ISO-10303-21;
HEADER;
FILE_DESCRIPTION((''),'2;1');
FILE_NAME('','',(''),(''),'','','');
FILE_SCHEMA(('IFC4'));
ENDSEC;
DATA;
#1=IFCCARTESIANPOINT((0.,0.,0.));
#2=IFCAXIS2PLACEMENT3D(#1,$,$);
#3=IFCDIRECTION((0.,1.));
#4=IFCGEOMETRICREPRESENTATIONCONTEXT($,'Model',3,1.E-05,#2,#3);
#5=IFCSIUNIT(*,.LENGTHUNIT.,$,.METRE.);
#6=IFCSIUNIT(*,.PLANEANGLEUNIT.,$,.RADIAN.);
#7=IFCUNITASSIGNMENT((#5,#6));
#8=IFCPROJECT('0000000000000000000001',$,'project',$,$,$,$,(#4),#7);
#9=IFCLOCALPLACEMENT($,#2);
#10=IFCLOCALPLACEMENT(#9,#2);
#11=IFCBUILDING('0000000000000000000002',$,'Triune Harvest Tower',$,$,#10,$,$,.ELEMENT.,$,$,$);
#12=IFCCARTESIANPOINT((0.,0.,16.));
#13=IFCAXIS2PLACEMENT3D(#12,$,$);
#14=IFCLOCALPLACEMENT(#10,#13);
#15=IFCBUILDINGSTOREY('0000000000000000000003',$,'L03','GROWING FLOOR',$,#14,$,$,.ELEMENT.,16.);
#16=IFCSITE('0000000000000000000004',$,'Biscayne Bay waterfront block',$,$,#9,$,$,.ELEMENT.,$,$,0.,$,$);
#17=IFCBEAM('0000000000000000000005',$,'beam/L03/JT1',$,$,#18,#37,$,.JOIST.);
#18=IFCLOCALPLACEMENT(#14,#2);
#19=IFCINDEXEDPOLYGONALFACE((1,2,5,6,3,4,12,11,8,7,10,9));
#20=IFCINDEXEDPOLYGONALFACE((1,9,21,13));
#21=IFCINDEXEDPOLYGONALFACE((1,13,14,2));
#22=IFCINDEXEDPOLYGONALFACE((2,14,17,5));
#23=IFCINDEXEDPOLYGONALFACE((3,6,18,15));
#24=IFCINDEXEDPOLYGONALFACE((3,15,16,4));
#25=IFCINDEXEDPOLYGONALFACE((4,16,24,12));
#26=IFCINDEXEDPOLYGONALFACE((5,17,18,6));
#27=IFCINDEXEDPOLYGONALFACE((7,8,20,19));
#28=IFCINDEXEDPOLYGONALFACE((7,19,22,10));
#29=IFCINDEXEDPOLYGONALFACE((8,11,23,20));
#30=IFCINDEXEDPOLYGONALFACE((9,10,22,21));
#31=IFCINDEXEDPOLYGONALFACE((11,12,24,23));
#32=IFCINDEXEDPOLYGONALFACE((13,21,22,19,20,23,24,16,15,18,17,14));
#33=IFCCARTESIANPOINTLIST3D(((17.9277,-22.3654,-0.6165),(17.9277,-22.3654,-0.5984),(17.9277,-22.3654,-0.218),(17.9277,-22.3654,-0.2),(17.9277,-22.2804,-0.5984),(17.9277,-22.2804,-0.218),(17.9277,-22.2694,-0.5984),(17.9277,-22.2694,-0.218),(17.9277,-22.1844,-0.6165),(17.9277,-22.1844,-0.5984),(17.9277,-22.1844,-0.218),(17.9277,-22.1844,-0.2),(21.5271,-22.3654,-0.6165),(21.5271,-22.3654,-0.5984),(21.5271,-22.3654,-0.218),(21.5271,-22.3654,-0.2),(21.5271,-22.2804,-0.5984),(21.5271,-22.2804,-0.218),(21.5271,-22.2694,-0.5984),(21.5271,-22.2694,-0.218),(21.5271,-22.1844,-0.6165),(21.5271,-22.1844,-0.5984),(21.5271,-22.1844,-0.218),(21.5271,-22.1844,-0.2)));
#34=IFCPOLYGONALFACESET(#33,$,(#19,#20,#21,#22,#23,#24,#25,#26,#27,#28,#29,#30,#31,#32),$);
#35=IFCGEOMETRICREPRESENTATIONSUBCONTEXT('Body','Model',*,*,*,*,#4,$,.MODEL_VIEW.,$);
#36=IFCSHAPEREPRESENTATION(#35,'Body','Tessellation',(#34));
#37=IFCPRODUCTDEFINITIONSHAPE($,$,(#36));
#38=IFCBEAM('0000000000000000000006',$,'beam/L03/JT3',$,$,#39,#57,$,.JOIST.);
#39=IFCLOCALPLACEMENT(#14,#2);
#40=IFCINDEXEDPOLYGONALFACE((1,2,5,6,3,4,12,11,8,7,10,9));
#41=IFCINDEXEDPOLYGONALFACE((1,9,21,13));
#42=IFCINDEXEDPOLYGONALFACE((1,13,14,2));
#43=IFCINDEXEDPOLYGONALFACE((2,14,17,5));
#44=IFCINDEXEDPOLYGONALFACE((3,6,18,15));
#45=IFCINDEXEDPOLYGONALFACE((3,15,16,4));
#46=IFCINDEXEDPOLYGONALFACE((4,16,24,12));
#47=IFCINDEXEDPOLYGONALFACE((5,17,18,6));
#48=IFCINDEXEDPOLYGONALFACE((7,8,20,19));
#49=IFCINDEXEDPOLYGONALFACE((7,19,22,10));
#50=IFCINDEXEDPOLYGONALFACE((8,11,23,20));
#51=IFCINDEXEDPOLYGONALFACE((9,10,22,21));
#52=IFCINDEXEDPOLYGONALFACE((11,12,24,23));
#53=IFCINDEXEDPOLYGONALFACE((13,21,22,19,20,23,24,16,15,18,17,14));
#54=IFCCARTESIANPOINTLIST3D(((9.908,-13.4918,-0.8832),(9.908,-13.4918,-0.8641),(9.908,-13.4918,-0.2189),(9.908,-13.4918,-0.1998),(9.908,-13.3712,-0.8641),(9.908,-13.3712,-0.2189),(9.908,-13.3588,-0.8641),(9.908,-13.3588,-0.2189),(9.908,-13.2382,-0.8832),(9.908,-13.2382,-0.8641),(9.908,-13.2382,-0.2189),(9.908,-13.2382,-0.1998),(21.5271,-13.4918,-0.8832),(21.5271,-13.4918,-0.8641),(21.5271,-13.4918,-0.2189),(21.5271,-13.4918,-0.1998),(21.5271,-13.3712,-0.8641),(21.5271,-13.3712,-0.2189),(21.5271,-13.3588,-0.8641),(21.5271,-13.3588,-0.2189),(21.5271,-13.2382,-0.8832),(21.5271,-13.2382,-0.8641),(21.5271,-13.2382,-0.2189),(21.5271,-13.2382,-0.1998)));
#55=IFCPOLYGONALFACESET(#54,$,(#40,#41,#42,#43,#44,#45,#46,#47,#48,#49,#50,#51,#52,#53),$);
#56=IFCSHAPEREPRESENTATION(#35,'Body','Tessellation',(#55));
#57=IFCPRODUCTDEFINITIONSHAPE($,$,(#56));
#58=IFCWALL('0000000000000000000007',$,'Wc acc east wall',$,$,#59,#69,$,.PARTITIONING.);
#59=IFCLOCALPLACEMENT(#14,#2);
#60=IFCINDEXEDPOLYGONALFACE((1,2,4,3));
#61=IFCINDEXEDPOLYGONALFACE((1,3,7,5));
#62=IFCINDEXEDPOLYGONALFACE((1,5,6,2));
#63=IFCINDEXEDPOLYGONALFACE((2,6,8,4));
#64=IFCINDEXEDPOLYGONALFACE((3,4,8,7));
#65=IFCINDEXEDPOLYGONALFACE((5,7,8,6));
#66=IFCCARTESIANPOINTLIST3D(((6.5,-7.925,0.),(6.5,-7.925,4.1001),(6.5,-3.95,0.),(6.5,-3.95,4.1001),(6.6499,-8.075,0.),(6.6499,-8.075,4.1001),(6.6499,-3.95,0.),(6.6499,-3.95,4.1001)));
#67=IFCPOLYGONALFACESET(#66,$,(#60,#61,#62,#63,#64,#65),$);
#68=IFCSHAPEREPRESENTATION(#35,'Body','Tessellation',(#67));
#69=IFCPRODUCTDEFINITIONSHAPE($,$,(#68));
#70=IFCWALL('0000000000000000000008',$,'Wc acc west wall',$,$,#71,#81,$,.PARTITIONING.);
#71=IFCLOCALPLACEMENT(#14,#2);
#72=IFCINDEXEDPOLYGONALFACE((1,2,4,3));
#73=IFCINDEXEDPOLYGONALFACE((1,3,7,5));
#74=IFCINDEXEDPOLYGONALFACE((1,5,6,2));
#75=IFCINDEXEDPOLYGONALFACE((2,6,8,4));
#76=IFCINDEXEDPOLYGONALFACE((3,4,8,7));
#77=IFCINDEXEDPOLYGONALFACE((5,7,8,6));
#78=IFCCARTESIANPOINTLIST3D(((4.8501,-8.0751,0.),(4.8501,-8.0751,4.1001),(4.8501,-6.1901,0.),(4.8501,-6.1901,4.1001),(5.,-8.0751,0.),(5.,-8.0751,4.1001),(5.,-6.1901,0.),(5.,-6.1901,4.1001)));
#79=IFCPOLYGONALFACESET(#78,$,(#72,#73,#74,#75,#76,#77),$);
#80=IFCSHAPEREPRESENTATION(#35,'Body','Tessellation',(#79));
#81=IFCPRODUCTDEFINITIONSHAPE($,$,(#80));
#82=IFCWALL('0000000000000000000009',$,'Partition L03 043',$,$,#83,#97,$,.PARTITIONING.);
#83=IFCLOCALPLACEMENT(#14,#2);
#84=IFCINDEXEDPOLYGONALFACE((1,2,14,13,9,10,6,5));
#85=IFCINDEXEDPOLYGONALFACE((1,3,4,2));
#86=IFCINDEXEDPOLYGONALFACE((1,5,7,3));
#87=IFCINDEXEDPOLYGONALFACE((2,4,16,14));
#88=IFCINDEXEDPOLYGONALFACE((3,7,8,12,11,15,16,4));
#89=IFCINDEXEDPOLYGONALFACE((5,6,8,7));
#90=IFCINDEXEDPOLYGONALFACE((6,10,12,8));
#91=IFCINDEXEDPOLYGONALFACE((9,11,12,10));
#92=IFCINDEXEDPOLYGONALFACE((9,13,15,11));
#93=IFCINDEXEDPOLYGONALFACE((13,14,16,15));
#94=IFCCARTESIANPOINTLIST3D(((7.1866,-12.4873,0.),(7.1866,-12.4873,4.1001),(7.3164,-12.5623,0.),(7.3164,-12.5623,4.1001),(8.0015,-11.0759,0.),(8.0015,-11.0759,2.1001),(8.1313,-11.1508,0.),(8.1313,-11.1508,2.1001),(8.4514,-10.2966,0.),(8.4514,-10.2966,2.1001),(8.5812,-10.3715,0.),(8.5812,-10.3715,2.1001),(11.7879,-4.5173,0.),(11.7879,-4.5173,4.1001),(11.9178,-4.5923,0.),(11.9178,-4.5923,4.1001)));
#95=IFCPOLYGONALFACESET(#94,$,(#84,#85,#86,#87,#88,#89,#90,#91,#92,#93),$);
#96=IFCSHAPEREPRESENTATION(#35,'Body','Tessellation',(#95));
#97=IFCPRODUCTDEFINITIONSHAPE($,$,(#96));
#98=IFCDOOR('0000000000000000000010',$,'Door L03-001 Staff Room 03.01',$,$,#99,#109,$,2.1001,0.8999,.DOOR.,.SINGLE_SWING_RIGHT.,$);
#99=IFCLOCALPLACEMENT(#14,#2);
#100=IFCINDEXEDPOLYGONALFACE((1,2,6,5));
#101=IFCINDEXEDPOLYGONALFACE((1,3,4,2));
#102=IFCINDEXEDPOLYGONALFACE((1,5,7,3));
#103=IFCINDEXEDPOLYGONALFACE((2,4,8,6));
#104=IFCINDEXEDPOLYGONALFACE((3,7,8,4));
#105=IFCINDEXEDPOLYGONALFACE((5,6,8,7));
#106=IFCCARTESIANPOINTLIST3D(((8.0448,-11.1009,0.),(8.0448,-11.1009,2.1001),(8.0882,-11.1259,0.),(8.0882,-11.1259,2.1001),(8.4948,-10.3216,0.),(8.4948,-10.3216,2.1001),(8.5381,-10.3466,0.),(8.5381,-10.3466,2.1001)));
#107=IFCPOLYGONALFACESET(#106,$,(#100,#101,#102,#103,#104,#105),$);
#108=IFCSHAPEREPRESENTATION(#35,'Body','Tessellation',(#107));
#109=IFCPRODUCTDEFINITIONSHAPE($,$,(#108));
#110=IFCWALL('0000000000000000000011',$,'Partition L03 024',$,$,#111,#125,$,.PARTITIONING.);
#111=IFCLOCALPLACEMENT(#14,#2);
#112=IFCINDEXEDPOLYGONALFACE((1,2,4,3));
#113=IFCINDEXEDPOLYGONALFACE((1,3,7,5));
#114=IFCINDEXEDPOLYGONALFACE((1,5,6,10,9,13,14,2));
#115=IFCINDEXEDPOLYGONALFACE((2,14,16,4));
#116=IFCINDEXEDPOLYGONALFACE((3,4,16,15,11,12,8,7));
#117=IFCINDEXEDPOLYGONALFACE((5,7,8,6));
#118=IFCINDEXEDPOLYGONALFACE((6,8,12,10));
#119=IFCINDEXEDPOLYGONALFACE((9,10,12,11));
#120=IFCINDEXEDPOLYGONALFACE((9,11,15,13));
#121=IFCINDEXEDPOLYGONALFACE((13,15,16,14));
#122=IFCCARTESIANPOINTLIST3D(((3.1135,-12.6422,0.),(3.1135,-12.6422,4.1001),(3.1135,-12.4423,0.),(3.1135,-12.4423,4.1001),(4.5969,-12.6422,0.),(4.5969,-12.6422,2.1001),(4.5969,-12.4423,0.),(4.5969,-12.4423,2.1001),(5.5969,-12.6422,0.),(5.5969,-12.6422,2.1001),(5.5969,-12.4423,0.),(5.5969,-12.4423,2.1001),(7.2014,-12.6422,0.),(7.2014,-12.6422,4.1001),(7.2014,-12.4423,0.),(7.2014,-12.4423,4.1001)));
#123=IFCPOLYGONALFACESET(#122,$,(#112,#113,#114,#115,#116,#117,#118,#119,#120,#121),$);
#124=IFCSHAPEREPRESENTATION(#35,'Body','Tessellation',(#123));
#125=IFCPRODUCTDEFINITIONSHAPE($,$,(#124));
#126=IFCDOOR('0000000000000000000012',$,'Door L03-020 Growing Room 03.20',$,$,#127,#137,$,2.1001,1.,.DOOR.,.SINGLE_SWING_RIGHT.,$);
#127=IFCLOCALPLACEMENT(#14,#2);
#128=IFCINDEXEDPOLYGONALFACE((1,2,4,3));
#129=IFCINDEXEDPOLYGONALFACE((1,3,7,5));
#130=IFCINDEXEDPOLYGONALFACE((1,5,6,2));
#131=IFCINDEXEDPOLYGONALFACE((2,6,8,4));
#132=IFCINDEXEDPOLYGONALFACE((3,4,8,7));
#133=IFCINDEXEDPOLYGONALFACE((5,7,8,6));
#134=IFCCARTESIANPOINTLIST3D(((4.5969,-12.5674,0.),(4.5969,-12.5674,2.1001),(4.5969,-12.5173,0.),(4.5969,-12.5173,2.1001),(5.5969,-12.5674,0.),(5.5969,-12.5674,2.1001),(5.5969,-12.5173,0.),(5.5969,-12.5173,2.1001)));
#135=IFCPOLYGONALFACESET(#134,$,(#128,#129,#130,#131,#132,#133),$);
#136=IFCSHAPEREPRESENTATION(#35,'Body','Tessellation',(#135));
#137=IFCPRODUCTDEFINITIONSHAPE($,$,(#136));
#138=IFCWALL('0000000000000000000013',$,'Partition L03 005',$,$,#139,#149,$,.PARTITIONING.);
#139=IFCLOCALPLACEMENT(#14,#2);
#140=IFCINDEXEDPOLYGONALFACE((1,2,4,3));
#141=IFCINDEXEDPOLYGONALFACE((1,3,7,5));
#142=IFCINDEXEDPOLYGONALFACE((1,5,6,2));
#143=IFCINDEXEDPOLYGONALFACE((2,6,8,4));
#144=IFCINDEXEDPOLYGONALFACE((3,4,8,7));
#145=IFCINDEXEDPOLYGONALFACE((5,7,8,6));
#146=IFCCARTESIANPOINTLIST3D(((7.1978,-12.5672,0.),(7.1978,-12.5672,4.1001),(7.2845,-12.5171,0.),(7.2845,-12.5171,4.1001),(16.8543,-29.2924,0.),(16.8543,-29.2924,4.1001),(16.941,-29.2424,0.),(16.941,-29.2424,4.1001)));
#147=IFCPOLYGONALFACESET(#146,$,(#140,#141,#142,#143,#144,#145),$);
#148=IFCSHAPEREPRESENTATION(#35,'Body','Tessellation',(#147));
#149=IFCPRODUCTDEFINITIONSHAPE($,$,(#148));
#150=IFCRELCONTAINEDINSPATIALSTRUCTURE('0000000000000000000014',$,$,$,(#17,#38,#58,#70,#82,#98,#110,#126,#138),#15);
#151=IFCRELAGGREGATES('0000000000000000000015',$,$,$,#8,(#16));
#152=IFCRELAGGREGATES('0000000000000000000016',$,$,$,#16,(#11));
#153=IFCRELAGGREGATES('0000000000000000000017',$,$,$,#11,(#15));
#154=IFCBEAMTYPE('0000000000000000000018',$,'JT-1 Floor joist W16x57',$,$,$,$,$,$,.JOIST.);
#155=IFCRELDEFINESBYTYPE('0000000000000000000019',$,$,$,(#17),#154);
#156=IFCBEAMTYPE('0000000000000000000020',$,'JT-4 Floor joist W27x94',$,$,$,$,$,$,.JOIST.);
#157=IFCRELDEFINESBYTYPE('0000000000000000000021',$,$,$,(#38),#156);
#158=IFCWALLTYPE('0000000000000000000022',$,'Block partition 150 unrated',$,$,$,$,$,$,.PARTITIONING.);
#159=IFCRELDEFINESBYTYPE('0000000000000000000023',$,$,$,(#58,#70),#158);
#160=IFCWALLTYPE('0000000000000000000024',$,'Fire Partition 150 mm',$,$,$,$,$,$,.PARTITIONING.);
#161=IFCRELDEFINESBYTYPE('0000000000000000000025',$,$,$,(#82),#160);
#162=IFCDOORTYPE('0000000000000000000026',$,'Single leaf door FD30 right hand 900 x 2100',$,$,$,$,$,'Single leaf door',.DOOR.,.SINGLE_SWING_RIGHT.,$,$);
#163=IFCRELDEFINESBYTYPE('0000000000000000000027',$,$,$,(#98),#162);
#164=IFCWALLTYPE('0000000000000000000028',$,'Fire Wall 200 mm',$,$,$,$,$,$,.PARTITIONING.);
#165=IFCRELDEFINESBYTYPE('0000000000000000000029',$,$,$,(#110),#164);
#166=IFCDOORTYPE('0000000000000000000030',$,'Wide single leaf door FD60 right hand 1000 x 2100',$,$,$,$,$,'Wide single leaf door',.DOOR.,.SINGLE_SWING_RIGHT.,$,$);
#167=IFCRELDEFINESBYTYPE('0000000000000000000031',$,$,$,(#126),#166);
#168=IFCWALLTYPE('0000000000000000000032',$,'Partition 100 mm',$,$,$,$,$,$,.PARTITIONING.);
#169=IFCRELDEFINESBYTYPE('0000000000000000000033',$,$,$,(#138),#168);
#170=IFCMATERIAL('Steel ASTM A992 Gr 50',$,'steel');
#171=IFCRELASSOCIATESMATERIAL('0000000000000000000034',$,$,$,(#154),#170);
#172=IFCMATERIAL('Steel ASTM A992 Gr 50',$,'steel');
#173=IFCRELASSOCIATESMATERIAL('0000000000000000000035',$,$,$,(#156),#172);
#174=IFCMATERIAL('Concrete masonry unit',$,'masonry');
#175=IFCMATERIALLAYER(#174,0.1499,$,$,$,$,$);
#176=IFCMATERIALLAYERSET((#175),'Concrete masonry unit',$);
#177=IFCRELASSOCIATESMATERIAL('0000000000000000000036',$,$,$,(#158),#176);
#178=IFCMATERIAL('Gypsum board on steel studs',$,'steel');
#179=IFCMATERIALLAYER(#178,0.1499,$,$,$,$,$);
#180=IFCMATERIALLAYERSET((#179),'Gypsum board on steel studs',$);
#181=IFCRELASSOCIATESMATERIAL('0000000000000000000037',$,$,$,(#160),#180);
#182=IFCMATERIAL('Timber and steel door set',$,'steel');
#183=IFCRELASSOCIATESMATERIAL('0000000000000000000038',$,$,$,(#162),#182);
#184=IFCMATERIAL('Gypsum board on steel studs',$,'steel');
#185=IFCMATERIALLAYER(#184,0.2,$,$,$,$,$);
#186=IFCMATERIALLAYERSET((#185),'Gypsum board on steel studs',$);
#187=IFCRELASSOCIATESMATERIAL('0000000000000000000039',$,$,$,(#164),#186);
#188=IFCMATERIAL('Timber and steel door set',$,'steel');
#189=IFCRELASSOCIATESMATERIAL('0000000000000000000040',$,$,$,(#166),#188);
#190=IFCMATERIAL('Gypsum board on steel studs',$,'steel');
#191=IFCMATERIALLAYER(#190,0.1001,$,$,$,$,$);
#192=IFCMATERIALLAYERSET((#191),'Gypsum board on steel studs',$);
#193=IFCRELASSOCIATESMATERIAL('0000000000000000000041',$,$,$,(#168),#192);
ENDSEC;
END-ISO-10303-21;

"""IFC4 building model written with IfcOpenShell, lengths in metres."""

from ifc_helpers import new_model, si_unit, direction, frame, frame_2d, origin, origin_2d, place, context, subcontext, project, spatial, polyline, rectangle, i_section, outline, extrude, source, transform, mapped, material, layer, layer_set, material_profile, profile_set, type_object, element, fill, save


model = new_model("IFC4")

# Units and contexts
model_context = context("Model", 3, precision=1e-05, world=origin(), true_north=direction((0.0, 1.0)))
body_context = subcontext(model_context, "Body", "Model", "MODEL_VIEW")
ifc_project = project(units=[si_unit("LENGTHUNIT", "METRE"), si_unit("PLANEANGLEUNIT", "RADIAN")], contexts=[model_context])

# Site, building, storey
site_placement = place(None, origin())
site = spatial("IfcSite", under=ifc_project, at=site_placement, Name="Biscayne Bay waterfront block", CompositionType="ELEMENT", RefElevation=0.0)
building_placement = place(site_placement, origin())
building = spatial("IfcBuilding", under=site, at=building_placement, Name="Triune Harvest Tower", CompositionType="ELEMENT")
storey_placement = place(building_placement, frame((0.0, 0.0, 16.0)))
storey = spatial("IfcBuildingStorey", under=building, at=storey_placement, Name="L03", Description="GROWING FLOOR", CompositionType="ELEMENT", Elevation=16.0)

# Beams
ifc_material_1 = material(Name="Steel ASTM A992 Gr 50", Category="steel")
ifc_material_profile_1 = material_profile(ifc_material_1, i_section(OverallWidth=0.1809, OverallDepth=0.4165, WebThickness=0.011, FlangeThickness=0.0181, at=origin_2d()), Name="W16x57")
ifc_profile_set_1 = profile_set([ifc_material_profile_1], Name="Steel ASTM A992 Gr 50")
beam_type_1 = type_object("IfcBeamType", Name="JT-1 Floor joist W16x57", PredefinedType="JOIST", material=ifc_profile_set_1)
shared_shape_1 = source(origin(), body_context, "Body", "SweptSolid", [
    extrude(i_section(OverallWidth=0.1809, OverallDepth=0.4165, WebThickness=0.011, FlangeThickness=0.0181, at=origin_2d()), origin(), (0.0, 0.0, 1.0), 3.5994),
])
beam_1_placement = place(storey_placement, frame((21.5271, -22.2749, -0.4082), z_axis=(-1.0, 0.0, 0.0), x_axis=(0.0, -1.0, 0.0)))
element("IfcBeam", 1, at=beam_1_placement, inside=storey, type_object=beam_type_1, Name="beam/L03/JT1", PredefinedType="JOIST", context=body_context, shape_type="MappedRepresentation", body=[
    mapped(shared_shape_1, transform((0.0, 0.0, 0.0), scale=1.0)),
])
ifc_material_2 = material(Name="Steel ASTM A992 Gr 50", Category="steel")
ifc_material_profile_2 = material_profile(ifc_material_2, i_section(OverallWidth=0.2537, OverallDepth=0.6833, WebThickness=0.0125, FlangeThickness=0.019, at=origin_2d()), Name="W27x94")
ifc_profile_set_2 = profile_set([ifc_material_profile_2], Name="Steel ASTM A992 Gr 50")
beam_type_2 = type_object("IfcBeamType", Name="JT-4 Floor joist W27x94", PredefinedType="JOIST", material=ifc_profile_set_2)
shared_shape_2 = source(origin(), body_context, "Body", "SweptSolid", [
    extrude(i_section(OverallWidth=0.2537, OverallDepth=0.6833, WebThickness=0.0125, FlangeThickness=0.019, at=origin_2d()), origin(), (0.0, 0.0, 1.0), 11.6191),
])
beam_2_placement = place(storey_placement, frame((21.5271, -13.365, -0.5415), z_axis=(-1.0, 0.0, 0.0), x_axis=(0.0, -1.0, 0.0)))
element("IfcBeam", 2, at=beam_2_placement, inside=storey, type_object=beam_type_2, Name="beam/L03/JT3", PredefinedType="JOIST", context=body_context, shape_type="MappedRepresentation", body=[
    mapped(shared_shape_2, transform((0.0, 0.0, 0.0), scale=1.0)),
])

# Walls
ifc_material_3 = material(Name="Concrete masonry unit", Category="masonry")
ifc_layer_1 = layer(ifc_material_3, 0.1499)
ifc_layer_set_1 = layer_set([ifc_layer_1], Name="Concrete masonry unit")
wall_type_1 = type_object("IfcWallType", Name="Block partition 150 unrated", PredefinedType="PARTITIONING", material=ifc_layer_set_1)
wall_1_placement = place(storey_placement, frame((6.575, -8.0, 0.0), z_axis=(0.0, 0.0, 1.0), x_axis=(0.0, 1.0, 0.0)))
element("IfcWall", 3, at=wall_1_placement, inside=storey, type_object=wall_type_1, Name="Wc acc east wall", PredefinedType="PARTITIONING", context=body_context, shape_type="SweptSolid", body=[
    extrude(outline(polyline([(-0.075, -0.075), (4.05, -0.075), (4.05, 0.075), (0.075, 0.075), (-0.075, -0.075)])), origin(), (0.0, 0.0, 1.0), 4.1001),
])
wall_2_placement = place(storey_placement, frame((4.925, -8.075, 0.0), z_axis=(0.0, 0.0, 1.0), x_axis=(0.0, 1.0, 0.0)))
element("IfcWall", 4, at=wall_2_placement, inside=storey, type_object=wall_type_1, Name="Wc acc west wall", PredefinedType="PARTITIONING", context=body_context, shape_type="SweptSolid", body=[
    extrude(rectangle(XDim=1.885, YDim=0.1499, at=frame_2d((0.9424, 0.0))), origin(), (0.0, 0.0, 1.0), 4.1001),
])

# Walls, openings, doors
ifc_material_4 = material(Name="Gypsum board on steel studs", Category="steel")
ifc_layer_2 = layer(ifc_material_4, 0.1499)
ifc_layer_set_2 = layer_set([ifc_layer_2], Name="Gypsum board on steel studs")
wall_type_2 = type_object("IfcWallType", Name="Fire Partition 150 mm", PredefinedType="PARTITIONING", material=ifc_layer_set_2)
wall_3_placement = place(storey_placement, frame((7.2515, -12.5249, 0.0), z_axis=(0.0, 0.0, 1.0), x_axis=(0.499988, 0.866032, 0.0)))
wall_3 = element("IfcWall", 5, at=wall_3_placement, inside=storey, type_object=wall_type_2, Name="Partition L03 043", PredefinedType="PARTITIONING", context=body_context, shape_type="SweptSolid", body=[
    extrude(rectangle(XDim=9.2029, YDim=0.1499, at=frame_2d((4.6016, 0.0))), origin(), (0.0, 0.0, 1.0), 4.1001),
])
opening_1_placement = place(wall_3_placement, frame((1.6299, 0.0, 0.0)))
opening_1 = element("IfcOpeningElement", 6, at=opening_1_placement, cuts=wall_3, PredefinedType="OPENING", context=body_context, shape_type="SweptSolid", body=[
    extrude(rectangle(XDim=0.8999, YDim=2.1001, at=frame_2d((0.45, 1.05))), frame((0.0, 0.085, 0.0), z_axis=(0.0, -1.0, 0.0), x_axis=(1.0, 0.0, 0.0)), (0.0, 0.0, 1.0), 0.1699),
])
ifc_material_5 = material(Name="Timber and steel door set", Category="steel")
door_type_1 = type_object("IfcDoorType", Name="Single leaf door FD30 right hand 900 x 2100", ElementType="Single leaf door", OperationType="SINGLE_SWING_RIGHT", PredefinedType="DOOR", material=ifc_material_5)
door_1_placement = place(opening_1_placement, origin())
door_1 = element("IfcDoor", 7, at=door_1_placement, inside=storey, type_object=door_type_1, Name="Door L03-001 Staff Room 03.01", OperationType="SINGLE_SWING_RIGHT", OverallHeight=2.1001, OverallWidth=0.8999, PredefinedType="DOOR", context=body_context, shape_type="SweptSolid", body=[
    extrude(rectangle(XDim=0.8999, YDim=2.1001, at=frame_2d((0.45, 1.05))), frame((0.0, 0.0249, 0.0), z_axis=(0.0, -1.0, 0.0), x_axis=(1.0, 0.0, 0.0)), (0.0, 0.0, 1.0), 0.05),
])
fill(opening_1, door_1)
ifc_material_6 = material(Name="Gypsum board on steel studs", Category="steel")
ifc_layer_3 = layer(ifc_material_6, 0.2)
ifc_layer_set_3 = layer_set([ifc_layer_3], Name="Gypsum board on steel studs")
wall_type_3 = type_object("IfcWallType", Name="Fire Wall 200 mm", PredefinedType="PARTITIONING", material=ifc_layer_set_3)
wall_4_placement = place(storey_placement, frame((3.1135, -12.5422, 0.0), z_axis=(0.0, 0.0, 1.0), x_axis=(1.0, 0.0, 0.0)))
wall_4 = element("IfcWall", 8, at=wall_4_placement, inside=storey, type_object=wall_type_3, Name="Partition L03 024", PredefinedType="PARTITIONING", context=body_context, shape_type="SweptSolid", body=[
    extrude(rectangle(XDim=4.0879, YDim=0.2, at=frame_2d((2.0439, 0.0))), origin(), (0.0, 0.0, 1.0), 4.1001),
])
opening_2_placement = place(wall_4_placement, frame((1.4834, 0.0, 0.0)))
opening_2 = element("IfcOpeningElement", 9, at=opening_2_placement, cuts=wall_4, PredefinedType="OPENING", context=body_context, shape_type="SweptSolid", body=[
    extrude(rectangle(XDim=1.0, YDim=2.1001, at=frame_2d((0.5, 1.05))), frame((0.0, 0.1099, 0.0), z_axis=(0.0, -1.0, 0.0), x_axis=(1.0, 0.0, 0.0)), (0.0, 0.0, 1.0), 0.22),
])
ifc_material_7 = material(Name="Timber and steel door set", Category="steel")
door_type_2 = type_object("IfcDoorType", Name="Wide single leaf door FD60 right hand 1000 x 2100", ElementType="Wide single leaf door", OperationType="SINGLE_SWING_RIGHT", PredefinedType="DOOR", material=ifc_material_7)
door_2_placement = place(opening_2_placement, origin())
door_2 = element("IfcDoor", 10, at=door_2_placement, inside=storey, type_object=door_type_2, Name="Door L03-020 Growing Room 03.20", OperationType="SINGLE_SWING_RIGHT", OverallHeight=2.1001, OverallWidth=1.0, PredefinedType="DOOR", context=body_context, shape_type="SweptSolid", body=[
    extrude(rectangle(XDim=1.0, YDim=2.1001, at=frame_2d((0.5, 1.05))), frame((0.0, 0.0249, 0.0), z_axis=(0.0, -1.0, 0.0), x_axis=(1.0, 0.0, 0.0)), (0.0, 0.0, 1.0), 0.05),
])
fill(opening_2, door_2)

# Wall
ifc_material_8 = material(Name="Gypsum board on steel studs", Category="steel")
ifc_layer_4 = layer(ifc_material_8, 0.1001)
ifc_layer_set_4 = layer_set([ifc_layer_4], Name="Gypsum board on steel studs")
wall_type_4 = type_object("IfcWallType", Name="Partition 100 mm", PredefinedType="PARTITIONING", material=ifc_layer_set_4)
wall_5_placement = place(storey_placement, frame((7.2412, -12.5422, 0.0), z_axis=(0.0, 0.0, 1.0), x_axis=(0.500004, -0.866023, 0.0)))
element("IfcWall", 11, at=wall_5_placement, inside=storey, type_object=wall_type_4, Name="Partition L03 005", PredefinedType="PARTITIONING", context=body_context, shape_type="SweptSolid", body=[
    extrude(rectangle(XDim=19.3127, YDim=0.1001, at=frame_2d((9.6562, 0.0))), origin(), (0.0, 0.0, 1.0), 4.1001),
])

save(model, "model.ifc")
